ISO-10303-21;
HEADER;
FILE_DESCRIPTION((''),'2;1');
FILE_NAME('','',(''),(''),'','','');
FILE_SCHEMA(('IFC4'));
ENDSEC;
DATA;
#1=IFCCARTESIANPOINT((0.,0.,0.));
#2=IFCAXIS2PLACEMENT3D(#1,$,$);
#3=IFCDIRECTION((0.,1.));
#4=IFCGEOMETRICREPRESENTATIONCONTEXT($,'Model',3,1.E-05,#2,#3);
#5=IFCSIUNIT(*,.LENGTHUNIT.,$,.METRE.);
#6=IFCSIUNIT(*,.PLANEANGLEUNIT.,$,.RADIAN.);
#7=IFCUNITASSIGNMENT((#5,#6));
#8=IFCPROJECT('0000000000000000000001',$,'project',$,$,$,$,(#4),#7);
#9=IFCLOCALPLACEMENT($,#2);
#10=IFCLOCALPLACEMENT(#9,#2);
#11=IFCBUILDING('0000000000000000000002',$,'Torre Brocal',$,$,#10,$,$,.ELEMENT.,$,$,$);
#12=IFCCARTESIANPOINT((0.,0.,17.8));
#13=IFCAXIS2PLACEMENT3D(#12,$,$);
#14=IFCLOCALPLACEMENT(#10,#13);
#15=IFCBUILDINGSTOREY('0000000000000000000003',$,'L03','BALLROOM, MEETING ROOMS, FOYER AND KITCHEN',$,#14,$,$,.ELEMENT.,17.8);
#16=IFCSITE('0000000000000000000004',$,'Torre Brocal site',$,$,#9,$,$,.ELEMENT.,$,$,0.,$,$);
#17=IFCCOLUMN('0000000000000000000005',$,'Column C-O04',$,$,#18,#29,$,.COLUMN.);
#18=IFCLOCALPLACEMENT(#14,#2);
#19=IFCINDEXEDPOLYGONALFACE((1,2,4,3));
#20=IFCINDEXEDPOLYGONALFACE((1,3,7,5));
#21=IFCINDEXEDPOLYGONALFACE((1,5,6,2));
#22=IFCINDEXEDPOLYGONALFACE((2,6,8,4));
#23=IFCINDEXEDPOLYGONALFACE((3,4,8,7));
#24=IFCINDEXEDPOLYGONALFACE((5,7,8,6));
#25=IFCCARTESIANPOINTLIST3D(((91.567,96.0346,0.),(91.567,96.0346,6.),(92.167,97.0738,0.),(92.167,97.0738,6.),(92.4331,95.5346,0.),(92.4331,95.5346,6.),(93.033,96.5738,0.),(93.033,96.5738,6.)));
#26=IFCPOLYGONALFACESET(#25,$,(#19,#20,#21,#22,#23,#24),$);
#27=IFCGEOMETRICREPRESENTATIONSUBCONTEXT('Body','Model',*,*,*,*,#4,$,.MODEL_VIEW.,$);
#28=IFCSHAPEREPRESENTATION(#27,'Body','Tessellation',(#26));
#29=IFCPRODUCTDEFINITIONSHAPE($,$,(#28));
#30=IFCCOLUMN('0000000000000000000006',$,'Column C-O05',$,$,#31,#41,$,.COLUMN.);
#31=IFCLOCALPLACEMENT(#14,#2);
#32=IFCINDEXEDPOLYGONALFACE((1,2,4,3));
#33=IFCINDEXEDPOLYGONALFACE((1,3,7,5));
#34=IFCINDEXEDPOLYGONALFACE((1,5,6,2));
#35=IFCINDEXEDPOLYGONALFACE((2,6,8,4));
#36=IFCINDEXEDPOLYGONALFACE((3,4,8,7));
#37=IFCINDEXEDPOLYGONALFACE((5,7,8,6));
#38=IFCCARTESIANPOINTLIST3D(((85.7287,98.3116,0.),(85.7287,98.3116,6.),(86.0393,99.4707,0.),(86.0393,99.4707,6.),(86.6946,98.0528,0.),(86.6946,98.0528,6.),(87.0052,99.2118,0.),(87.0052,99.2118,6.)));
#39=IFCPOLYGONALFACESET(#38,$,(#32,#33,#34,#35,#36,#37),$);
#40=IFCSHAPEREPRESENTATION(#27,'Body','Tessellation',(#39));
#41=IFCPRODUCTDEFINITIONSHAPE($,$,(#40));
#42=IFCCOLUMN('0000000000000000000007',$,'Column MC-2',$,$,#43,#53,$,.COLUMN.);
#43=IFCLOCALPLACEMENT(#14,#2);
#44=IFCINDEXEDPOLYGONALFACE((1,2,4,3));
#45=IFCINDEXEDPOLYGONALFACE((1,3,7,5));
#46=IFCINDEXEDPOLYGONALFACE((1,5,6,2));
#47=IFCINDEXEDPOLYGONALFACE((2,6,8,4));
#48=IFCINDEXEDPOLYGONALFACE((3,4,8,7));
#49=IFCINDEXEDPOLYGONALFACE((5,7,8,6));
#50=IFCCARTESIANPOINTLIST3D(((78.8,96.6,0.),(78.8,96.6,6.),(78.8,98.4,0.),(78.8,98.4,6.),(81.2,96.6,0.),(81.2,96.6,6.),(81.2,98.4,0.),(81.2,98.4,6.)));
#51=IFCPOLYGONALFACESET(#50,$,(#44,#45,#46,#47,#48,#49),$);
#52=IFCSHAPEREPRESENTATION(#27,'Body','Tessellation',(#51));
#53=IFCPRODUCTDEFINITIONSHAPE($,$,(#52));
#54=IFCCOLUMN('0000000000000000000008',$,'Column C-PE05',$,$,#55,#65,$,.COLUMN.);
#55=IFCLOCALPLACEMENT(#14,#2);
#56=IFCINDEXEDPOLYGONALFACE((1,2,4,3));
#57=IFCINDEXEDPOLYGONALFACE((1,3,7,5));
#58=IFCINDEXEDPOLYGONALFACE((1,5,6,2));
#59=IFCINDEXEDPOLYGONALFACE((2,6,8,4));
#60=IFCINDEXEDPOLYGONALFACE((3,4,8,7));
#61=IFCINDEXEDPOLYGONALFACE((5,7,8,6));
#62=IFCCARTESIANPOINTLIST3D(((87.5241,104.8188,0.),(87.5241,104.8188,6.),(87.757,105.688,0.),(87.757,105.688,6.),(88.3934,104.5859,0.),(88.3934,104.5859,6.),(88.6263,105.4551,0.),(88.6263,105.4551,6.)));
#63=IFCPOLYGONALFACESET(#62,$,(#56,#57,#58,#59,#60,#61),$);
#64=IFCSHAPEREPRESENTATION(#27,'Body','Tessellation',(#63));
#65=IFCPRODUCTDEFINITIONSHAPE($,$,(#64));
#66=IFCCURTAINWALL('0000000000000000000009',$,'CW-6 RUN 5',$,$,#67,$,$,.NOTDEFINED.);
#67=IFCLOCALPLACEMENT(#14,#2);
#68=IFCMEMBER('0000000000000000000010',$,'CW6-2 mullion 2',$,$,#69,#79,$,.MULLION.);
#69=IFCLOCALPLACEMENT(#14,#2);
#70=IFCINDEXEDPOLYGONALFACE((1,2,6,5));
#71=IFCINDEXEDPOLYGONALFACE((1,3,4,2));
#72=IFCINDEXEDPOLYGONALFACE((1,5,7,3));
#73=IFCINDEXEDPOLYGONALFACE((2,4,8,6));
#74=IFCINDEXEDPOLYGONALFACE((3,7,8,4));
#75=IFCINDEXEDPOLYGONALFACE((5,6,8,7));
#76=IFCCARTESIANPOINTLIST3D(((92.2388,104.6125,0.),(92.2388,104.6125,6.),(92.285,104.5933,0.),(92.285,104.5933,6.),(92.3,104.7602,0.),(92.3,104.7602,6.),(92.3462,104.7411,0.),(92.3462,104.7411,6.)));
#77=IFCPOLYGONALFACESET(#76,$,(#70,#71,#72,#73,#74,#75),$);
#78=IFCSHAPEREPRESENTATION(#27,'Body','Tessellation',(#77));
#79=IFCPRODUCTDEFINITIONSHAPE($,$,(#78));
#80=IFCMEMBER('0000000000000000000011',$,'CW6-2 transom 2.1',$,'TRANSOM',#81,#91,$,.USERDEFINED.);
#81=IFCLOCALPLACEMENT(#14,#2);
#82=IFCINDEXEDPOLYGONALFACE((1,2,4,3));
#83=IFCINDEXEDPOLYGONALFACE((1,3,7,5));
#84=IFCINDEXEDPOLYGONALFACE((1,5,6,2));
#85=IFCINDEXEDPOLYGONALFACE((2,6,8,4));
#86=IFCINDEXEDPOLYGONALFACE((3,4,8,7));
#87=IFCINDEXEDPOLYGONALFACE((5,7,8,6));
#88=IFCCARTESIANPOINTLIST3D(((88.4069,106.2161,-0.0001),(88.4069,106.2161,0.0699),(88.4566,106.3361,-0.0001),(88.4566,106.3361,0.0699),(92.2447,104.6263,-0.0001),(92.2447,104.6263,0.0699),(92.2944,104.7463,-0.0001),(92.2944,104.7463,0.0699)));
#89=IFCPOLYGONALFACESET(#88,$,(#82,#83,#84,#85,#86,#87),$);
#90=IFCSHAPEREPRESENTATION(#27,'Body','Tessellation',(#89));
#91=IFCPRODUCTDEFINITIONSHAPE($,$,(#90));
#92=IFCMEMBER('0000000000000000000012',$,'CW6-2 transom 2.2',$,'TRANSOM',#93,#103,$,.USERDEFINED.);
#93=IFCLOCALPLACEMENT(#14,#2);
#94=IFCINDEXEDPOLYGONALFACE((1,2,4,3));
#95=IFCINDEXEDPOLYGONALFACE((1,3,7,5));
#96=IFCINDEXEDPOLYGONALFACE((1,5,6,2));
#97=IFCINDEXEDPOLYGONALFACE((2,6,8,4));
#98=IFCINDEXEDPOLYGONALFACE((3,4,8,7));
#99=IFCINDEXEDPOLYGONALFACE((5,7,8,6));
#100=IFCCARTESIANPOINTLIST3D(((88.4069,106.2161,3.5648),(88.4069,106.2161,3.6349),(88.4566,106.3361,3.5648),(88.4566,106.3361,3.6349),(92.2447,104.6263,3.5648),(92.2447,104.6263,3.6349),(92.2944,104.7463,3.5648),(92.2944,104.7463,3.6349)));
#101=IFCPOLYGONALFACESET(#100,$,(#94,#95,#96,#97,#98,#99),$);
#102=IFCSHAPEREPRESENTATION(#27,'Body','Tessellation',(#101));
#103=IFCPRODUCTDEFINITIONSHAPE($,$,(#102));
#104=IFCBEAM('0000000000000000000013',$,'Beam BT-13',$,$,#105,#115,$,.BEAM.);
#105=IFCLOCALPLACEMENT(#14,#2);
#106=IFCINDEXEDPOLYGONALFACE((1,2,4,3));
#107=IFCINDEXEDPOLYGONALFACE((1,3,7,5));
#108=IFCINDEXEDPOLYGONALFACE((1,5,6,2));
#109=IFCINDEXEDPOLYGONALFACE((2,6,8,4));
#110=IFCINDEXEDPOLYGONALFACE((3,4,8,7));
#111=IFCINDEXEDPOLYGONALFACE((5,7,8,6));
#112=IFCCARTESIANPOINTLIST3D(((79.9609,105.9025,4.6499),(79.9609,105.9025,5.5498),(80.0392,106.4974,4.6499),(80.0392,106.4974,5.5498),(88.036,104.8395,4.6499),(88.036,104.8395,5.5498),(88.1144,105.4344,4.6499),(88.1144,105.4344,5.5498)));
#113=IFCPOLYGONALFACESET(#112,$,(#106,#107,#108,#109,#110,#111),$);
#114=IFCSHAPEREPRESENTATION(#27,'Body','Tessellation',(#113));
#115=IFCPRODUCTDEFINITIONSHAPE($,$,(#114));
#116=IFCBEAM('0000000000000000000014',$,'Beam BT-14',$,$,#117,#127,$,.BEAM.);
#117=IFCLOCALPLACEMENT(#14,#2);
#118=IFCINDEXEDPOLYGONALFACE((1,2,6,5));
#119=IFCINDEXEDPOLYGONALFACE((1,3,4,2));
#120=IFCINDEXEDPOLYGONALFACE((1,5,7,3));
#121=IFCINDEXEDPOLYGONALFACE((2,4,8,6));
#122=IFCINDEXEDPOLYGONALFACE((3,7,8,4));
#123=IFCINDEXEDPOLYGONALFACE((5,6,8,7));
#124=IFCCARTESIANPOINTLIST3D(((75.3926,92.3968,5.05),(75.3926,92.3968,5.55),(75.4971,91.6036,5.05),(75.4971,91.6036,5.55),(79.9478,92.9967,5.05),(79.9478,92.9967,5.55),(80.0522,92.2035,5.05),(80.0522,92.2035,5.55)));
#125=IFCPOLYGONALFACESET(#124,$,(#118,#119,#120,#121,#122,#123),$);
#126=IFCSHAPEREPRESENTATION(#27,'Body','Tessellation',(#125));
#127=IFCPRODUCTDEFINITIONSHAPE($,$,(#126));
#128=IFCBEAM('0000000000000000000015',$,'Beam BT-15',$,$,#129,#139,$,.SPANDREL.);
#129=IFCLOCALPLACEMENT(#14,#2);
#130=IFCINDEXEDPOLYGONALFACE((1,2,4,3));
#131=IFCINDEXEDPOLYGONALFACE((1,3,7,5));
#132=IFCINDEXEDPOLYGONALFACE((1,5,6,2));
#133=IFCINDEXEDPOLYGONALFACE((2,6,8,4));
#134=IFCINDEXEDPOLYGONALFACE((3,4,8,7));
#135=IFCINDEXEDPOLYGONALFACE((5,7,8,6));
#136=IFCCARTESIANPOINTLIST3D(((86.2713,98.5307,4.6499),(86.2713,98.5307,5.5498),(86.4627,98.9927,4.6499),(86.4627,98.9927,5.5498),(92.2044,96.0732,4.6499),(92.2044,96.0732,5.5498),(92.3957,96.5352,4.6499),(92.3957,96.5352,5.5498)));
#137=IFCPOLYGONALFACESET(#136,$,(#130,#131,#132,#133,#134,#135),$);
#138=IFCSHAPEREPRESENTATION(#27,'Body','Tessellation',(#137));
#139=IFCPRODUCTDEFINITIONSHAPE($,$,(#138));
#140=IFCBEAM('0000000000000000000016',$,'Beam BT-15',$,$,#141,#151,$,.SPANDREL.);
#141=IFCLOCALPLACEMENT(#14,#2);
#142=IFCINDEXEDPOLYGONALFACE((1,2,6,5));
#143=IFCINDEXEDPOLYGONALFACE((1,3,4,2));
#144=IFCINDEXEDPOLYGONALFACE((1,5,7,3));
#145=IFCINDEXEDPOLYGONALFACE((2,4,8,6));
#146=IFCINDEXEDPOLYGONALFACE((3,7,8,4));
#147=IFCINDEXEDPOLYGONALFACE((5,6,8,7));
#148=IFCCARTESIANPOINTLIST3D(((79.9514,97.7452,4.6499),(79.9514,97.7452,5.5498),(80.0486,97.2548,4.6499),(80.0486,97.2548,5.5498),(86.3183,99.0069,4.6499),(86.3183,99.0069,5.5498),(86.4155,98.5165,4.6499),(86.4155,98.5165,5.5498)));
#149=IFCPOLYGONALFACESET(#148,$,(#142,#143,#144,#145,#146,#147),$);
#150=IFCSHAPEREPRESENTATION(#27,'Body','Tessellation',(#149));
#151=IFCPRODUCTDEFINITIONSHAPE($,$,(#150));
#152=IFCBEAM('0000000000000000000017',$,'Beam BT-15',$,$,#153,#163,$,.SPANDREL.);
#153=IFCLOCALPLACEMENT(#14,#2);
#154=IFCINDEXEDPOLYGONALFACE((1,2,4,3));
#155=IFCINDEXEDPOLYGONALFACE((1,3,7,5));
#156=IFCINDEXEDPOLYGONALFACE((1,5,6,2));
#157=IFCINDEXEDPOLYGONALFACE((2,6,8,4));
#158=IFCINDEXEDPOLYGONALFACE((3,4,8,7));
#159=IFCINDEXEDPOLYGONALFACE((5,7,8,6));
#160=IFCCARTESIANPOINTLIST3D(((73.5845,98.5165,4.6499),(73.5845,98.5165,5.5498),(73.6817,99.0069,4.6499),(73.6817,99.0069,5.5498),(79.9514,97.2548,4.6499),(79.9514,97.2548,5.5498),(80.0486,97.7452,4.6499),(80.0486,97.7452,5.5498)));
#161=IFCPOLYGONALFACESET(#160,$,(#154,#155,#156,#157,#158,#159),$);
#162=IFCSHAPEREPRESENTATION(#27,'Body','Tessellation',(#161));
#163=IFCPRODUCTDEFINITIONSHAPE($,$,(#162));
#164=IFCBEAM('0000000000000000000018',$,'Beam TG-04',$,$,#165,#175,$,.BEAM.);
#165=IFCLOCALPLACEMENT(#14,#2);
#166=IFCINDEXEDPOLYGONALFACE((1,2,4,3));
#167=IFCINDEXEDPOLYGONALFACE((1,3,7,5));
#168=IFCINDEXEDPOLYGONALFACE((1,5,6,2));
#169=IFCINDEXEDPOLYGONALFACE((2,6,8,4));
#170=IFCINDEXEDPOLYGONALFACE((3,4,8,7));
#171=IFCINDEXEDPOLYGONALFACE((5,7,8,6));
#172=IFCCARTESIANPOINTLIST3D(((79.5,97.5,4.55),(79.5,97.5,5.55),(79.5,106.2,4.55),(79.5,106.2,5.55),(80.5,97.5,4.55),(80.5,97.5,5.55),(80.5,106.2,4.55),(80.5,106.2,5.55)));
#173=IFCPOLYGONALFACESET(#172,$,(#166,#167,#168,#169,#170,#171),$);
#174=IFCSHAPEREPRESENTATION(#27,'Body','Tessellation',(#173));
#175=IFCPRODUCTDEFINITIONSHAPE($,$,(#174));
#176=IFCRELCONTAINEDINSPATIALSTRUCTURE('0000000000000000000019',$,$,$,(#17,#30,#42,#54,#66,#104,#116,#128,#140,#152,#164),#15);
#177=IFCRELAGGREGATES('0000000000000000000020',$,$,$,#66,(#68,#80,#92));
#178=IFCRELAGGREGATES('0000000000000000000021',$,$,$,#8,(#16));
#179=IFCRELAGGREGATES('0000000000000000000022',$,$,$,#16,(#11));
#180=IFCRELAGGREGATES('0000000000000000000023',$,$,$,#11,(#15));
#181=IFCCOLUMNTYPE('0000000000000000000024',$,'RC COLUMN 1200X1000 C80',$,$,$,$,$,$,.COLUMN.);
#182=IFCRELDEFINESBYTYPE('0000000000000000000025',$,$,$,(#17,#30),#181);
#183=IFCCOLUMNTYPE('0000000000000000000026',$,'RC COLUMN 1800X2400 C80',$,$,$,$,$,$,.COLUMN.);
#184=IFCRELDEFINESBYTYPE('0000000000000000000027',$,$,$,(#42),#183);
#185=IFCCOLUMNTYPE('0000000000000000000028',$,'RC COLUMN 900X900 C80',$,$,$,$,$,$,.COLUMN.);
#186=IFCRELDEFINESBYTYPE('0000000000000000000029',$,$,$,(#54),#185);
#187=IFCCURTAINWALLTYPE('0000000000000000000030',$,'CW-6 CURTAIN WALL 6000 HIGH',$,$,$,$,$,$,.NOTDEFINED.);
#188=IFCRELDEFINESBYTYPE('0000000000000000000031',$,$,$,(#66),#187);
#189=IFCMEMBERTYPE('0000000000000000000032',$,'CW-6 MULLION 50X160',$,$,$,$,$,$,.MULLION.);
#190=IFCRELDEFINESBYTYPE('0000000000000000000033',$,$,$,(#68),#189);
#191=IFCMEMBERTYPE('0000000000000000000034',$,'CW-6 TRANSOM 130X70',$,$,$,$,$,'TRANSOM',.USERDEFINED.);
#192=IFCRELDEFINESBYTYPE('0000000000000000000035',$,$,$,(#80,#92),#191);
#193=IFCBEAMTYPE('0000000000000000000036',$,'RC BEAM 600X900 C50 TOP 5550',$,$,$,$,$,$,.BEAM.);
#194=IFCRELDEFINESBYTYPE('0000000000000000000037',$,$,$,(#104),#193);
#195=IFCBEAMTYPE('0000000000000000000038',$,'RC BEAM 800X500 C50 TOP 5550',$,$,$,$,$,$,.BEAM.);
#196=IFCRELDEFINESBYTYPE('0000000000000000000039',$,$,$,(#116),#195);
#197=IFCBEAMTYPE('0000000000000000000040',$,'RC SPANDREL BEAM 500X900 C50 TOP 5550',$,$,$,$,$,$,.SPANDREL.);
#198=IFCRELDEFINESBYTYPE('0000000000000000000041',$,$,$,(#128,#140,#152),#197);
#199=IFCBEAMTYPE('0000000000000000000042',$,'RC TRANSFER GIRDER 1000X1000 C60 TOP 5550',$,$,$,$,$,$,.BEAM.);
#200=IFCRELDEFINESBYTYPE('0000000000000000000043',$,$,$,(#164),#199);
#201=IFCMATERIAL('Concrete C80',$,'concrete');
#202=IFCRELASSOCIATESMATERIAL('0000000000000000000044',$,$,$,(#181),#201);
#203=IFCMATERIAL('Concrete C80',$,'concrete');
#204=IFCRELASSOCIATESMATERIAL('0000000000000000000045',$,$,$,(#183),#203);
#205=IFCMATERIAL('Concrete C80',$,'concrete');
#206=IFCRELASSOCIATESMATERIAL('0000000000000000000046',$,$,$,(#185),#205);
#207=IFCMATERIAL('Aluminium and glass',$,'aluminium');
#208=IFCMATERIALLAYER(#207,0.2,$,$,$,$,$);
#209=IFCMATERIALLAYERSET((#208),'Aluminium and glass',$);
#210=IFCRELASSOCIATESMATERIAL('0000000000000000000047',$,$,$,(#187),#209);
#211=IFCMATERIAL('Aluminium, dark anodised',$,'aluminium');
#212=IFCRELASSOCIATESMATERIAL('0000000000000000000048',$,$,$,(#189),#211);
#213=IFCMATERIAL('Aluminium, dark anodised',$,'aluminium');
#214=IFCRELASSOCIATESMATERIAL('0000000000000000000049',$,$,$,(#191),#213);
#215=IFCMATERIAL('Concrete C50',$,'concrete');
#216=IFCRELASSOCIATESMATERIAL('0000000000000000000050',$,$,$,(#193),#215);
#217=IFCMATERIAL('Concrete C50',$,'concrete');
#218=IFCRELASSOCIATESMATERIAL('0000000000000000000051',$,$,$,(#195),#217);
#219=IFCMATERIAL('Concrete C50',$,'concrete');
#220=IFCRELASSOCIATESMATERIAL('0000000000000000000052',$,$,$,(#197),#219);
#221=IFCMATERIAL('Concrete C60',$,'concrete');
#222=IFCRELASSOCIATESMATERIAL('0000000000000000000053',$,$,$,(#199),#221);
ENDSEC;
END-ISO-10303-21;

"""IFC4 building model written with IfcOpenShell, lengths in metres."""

from ifc_helpers import new_model, si_unit, direction, frame, origin, origin_2d, place, context, subcontext, project, spatial, rectangle, extrude, material, layer, layer_set, material_profile, profile_set, type_object, element, aggregate, save


model = new_model("IFC4")

# Units and contexts
model_context = context("Model", 3, precision=1e-05, world=origin(), true_north=direction((0.0, 1.0)))
body_context = subcontext(model_context, "Body", "Model", "MODEL_VIEW")
ifc_project = project(units=[si_unit("LENGTHUNIT", "METRE"), si_unit("PLANEANGLEUNIT", "RADIAN")], contexts=[model_context])

# Site, building, storey
site_placement = place(None, origin())
site = spatial("IfcSite", under=ifc_project, at=site_placement, Name="Torre Brocal site", CompositionType="ELEMENT", RefElevation=0.0)
building_placement = place(site_placement, origin())
building = spatial("IfcBuilding", under=site, at=building_placement, Name="Torre Brocal", CompositionType="ELEMENT")
storey_placement = place(building_placement, frame((0.0, 0.0, 17.8)))
storey = spatial("IfcBuildingStorey", under=building, at=storey_placement, Name="L03", Description="BALLROOM, MEETING ROOMS, FOYER AND KITCHEN", CompositionType="ELEMENT", Elevation=17.8)

# Columns
ifc_material_1 = material(Name="Concrete C80", Category="concrete")
ifc_material_profile_1 = material_profile(ifc_material_1, rectangle(XDim=1.2, YDim=1.0, at=origin_2d()), Name="RC 1200X1000")
ifc_profile_set_1 = profile_set([ifc_material_profile_1], Name="Concrete C80")
column_type_1 = type_object("IfcColumnType", Name="RC COLUMN 1200X1000 C80", PredefinedType="COLUMN", material=ifc_profile_set_1)
for number, where, z_axis, x_axis, name in (
    (1, (92.3, 96.3042, 0.0), (0.0, 0.0, 1.0), (0.5, 0.866025, 0.0), "Column C-O04"),
    (2, (86.3669, 98.7617, 0.0), (0.0, 0.0, 1.0), (0.258819, 0.965926, 0.0), "Column C-O05"),
):
    element("IfcColumn", number, at=place(storey_placement, frame(where, z_axis=z_axis, x_axis=x_axis)), inside=storey, type_object=column_type_1, Name=name, PredefinedType="COLUMN", context=body_context, shape_type="SweptSolid", body=[
        extrude(rectangle(XDim=1.2, YDim=1.0, at=origin_2d()), origin(), (0.0, 0.0, 1.0), 6.0),
    ])
ifc_material_2 = material(Name="Concrete C80", Category="concrete")
ifc_material_profile_2 = material_profile(ifc_material_2, rectangle(XDim=1.8, YDim=2.3999, at=origin_2d()), Name="RC 1800X2400")
ifc_profile_set_2 = profile_set([ifc_material_profile_2], Name="Concrete C80")
column_type_2 = type_object("IfcColumnType", Name="RC COLUMN 1800X2400 C80", PredefinedType="COLUMN", material=ifc_profile_set_2)
column_1_placement = place(storey_placement, frame((80.0, 97.5, 0.0), z_axis=(0.0, 0.0, 1.0), x_axis=(0.0, 1.0, 0.0)))
element("IfcColumn", 3, at=column_1_placement, inside=storey, type_object=column_type_2, Name="Column MC-2", PredefinedType="COLUMN", context=body_context, shape_type="SweptSolid", body=[
    extrude(rectangle(XDim=1.8, YDim=2.3999, at=origin_2d()), origin(), (0.0, 0.0, 1.0), 6.0),
])
ifc_material_3 = material(Name="Concrete C80", Category="concrete")
ifc_material_profile_3 = material_profile(ifc_material_3, rectangle(XDim=0.8999, YDim=0.8999, at=origin_2d()), Name="RC 900X900")
ifc_profile_set_3 = profile_set([ifc_material_profile_3], Name="Concrete C80")
column_type_3 = type_object("IfcColumnType", Name="RC COLUMN 900X900 C80", PredefinedType="COLUMN", material=ifc_profile_set_3)
column_2_placement = place(storey_placement, frame((88.0752, 105.137, 0.0), z_axis=(0.0, 0.0, 1.0), x_axis=(0.258819, 0.965926, 0.0)))
element("IfcColumn", 4, at=column_2_placement, inside=storey, type_object=column_type_3, Name="Column C-PE05", PredefinedType="COLUMN", context=body_context, shape_type="SweptSolid", body=[
    extrude(rectangle(XDim=0.8999, YDim=0.8999, at=origin_2d()), origin(), (0.0, 0.0, 1.0), 6.0),
])

# Curtain wall, members
ifc_material_4 = material(Name="Aluminium and glass", Category="aluminium")
ifc_layer_1 = layer(ifc_material_4, 0.2)
ifc_layer_set_1 = layer_set([ifc_layer_1], Name="Aluminium and glass")
curtain_wall_type = type_object("IfcCurtainWallType", Name="CW-6 CURTAIN WALL 6000 HIGH", PredefinedType="NOTDEFINED", material=ifc_layer_set_1)
curtain_wall_placement = place(storey_placement, origin())
curtain_wall = element("IfcCurtainWall", 5, at=curtain_wall_placement, inside=storey, type_object=curtain_wall_type, Name="CW-6 RUN 5", PredefinedType="NOTDEFINED")
ifc_material_5 = material(Name="Aluminium, dark anodised", Category="aluminium")
ifc_material_profile_4 = material_profile(ifc_material_5, rectangle(XDim=0.1599, YDim=0.05, at=origin_2d()), Name="CW-6 MULLION 50X160")
ifc_profile_set_4 = profile_set([ifc_material_profile_4], Name="Aluminium, dark anodised")
member_type_1 = type_object("IfcMemberType", Name="CW-6 MULLION 50X160", PredefinedType="MULLION", material=ifc_profile_set_4)
member_1_placement = place(storey_placement, frame((92.2925, 104.6768, 0.0), z_axis=(0.0, 0.0, 1.0), x_axis=(-0.382683, -0.92388, 0.0)))
member_1 = element("IfcMember", 6, at=member_1_placement, type_object=member_type_1, Name="CW6-2 mullion 2", PredefinedType="MULLION", context=body_context, shape_type="SweptSolid", body=[
    extrude(rectangle(XDim=0.1599, YDim=0.05, at=origin_2d()), origin(), (0.0, 0.0, 1.0), 6.0),
])
ifc_material_6 = material(Name="Aluminium, dark anodised", Category="aluminium")
ifc_material_profile_5 = material_profile(ifc_material_6, rectangle(XDim=0.1299, YDim=0.0701, at=origin_2d()), Name="CW-6 TRANSOM 130X70")
ifc_profile_set_5 = profile_set([ifc_material_profile_5], Name="Aluminium, dark anodised")
member_type_2 = type_object("IfcMemberType", Name="CW-6 TRANSOM 130X70", ElementType="TRANSOM", PredefinedType="USERDEFINED", material=ifc_profile_set_5)
member_2_placement = place(storey_placement, frame((92.2695, 104.6863, 0.0349), z_axis=(-0.923868, 0.382712, 0.0), x_axis=(-0.382712, -0.923868, 0.0)))
member_2 = element("IfcMember", 7, at=member_2_placement, type_object=member_type_2, Name="CW6-2 transom 2.1", ObjectType="TRANSOM", PredefinedType="USERDEFINED", context=body_context, shape_type="SweptSolid", body=[
    extrude(rectangle(XDim=0.1299, YDim=0.0701, at=origin_2d()), origin(), (0.0, 0.0, 1.0), 4.1541),
])
member_3_placement = place(storey_placement, frame((92.2695, 104.6863, 3.5999), z_axis=(-0.923868, 0.382712, 0.0), x_axis=(-0.382712, -0.923868, 0.0)))
member_3 = element("IfcMember", 8, at=member_3_placement, type_object=member_type_2, Name="CW6-2 transom 2.2", ObjectType="TRANSOM", PredefinedType="USERDEFINED", context=body_context, shape_type="SweptSolid", body=[
    extrude(rectangle(XDim=0.1299, YDim=0.0701, at=origin_2d()), origin(), (0.0, 0.0, 1.0), 4.1541),
])

# Beams
ifc_material_7 = material(Name="Concrete C50", Category="concrete")
ifc_material_profile_6 = material_profile(ifc_material_7, rectangle(XDim=0.6001, YDim=0.8999, at=origin_2d()), Name="RC 600X900")
ifc_profile_set_6 = profile_set([ifc_material_profile_6], Name="Concrete C50")
beam_type_1 = type_object("IfcBeamType", Name="RC BEAM 600X900 C50 TOP 5550", PredefinedType="BEAM", material=ifc_profile_set_6)
beam_1_placement = place(storey_placement, frame((88.0752, 105.137, 5.0999), z_axis=(-0.991447, 0.13051, 0.0), x_axis=(-0.13051, -0.991447, 0.0)))
element("IfcBeam", 9, at=beam_1_placement, inside=storey, type_object=beam_type_1, Name="Beam BT-13", PredefinedType="BEAM", context=body_context, shape_type="SweptSolid", body=[
    extrude(rectangle(XDim=0.6001, YDim=0.8999, at=origin_2d()), origin(), (0.0, 0.0, 1.0), 8.1448),
])
ifc_material_8 = material(Name="Concrete C50", Category="concrete")
ifc_material_profile_7 = material_profile(ifc_material_8, rectangle(XDim=0.8, YDim=0.5, at=origin_2d()), Name="RC 800X500")
ifc_profile_set_7 = profile_set([ifc_material_profile_7], Name="Concrete C50")
beam_type_2 = type_object("IfcBeamType", Name="RC BEAM 800X500 C50 TOP 5550", PredefinedType="BEAM", material=ifc_profile_set_7)
beam_2_placement = place(storey_placement, frame((80.0, 92.6001, 5.3), z_axis=(-0.991441, -0.130559, 0.0), x_axis=(0.130559, -0.991441, 0.0)))
element("IfcBeam", 10, at=beam_2_placement, inside=storey, type_object=beam_type_2, Name="Beam BT-14", PredefinedType="BEAM", context=body_context, shape_type="SweptSolid", body=[
    extrude(rectangle(XDim=0.8, YDim=0.5, at=origin_2d()), origin(), (0.0, 0.0, 1.0), 4.5945),
])
ifc_material_9 = material(Name="Concrete C50", Category="concrete")
ifc_material_profile_8 = material_profile(ifc_material_9, rectangle(XDim=0.5, YDim=0.8999, at=origin_2d()), Name="RC 500X900")
ifc_profile_set_8 = profile_set([ifc_material_profile_8], Name="Concrete C50")
beam_type_3 = type_object("IfcBeamType", Name="RC SPANDREL BEAM 500X900 C50 TOP 5550", PredefinedType="SPANDREL", material=ifc_profile_set_8)
beam_3_placement = place(storey_placement, frame((92.3, 96.3042, 5.0999), z_axis=(-0.923882, 0.382676, 0.0), x_axis=(-0.382676, -0.923882, 0.0)))
element("IfcBeam", 11, at=beam_3_placement, inside=storey, type_object=beam_type_3, Name="Beam BT-15", PredefinedType="SPANDREL", context=body_context, shape_type="SweptSolid", body=[
    extrude(rectangle(XDim=0.5, YDim=0.8999, at=origin_2d()), origin(), (0.0, 0.0, 1.0), 6.4219),
])
for number, where, z_axis, x_axis, name in (
    (12, (86.3669, 98.7617, 5.0999), (-0.980925, -0.194387, 0.0), (0.194387, -0.980925, 0.0), "Beam BT-15"),
    (13, (80.0, 97.5, 5.0999), (-0.980925, 0.194387, 0.0), (-0.194387, -0.980925, 0.0), "Beam BT-15"),
):
    element("IfcBeam", number, at=place(storey_placement, frame(where, z_axis=z_axis, x_axis=x_axis)), inside=storey, type_object=beam_type_3, Name=name, PredefinedType="SPANDREL", context=body_context, shape_type="SweptSolid", body=[
        extrude(rectangle(XDim=0.5, YDim=0.8999, at=origin_2d()), origin(), (0.0, 0.0, 1.0), 6.4907),
    ])
ifc_material_10 = material(Name="Concrete C60", Category="concrete")
ifc_material_profile_9 = material_profile(ifc_material_10, rectangle(XDim=1.0, YDim=1.0, at=origin_2d()), Name="RC 1000X1000")
ifc_profile_set_9 = profile_set([ifc_material_profile_9], Name="Concrete C60")
beam_type_4 = type_object("IfcBeamType", Name="RC TRANSFER GIRDER 1000X1000 C60 TOP 5550", PredefinedType="BEAM", material=ifc_profile_set_9)
beam_4_placement = place(storey_placement, frame((80.0, 97.5, 5.05), z_axis=(0.0, 1.0, 0.0), x_axis=(-1.0, 0.0, 0.0)))
element("IfcBeam", 14, at=beam_4_placement, inside=storey, type_object=beam_type_4, Name="Beam TG-04", PredefinedType="BEAM", context=body_context, shape_type="SweptSolid", body=[
    extrude(rectangle(XDim=1.0, YDim=1.0, at=origin_2d()), origin(), (0.0, 0.0, 1.0), 8.7),
])

aggregate(curtain_wall, [member_1, member_2, member_3])

save(model, "model.ifc")
